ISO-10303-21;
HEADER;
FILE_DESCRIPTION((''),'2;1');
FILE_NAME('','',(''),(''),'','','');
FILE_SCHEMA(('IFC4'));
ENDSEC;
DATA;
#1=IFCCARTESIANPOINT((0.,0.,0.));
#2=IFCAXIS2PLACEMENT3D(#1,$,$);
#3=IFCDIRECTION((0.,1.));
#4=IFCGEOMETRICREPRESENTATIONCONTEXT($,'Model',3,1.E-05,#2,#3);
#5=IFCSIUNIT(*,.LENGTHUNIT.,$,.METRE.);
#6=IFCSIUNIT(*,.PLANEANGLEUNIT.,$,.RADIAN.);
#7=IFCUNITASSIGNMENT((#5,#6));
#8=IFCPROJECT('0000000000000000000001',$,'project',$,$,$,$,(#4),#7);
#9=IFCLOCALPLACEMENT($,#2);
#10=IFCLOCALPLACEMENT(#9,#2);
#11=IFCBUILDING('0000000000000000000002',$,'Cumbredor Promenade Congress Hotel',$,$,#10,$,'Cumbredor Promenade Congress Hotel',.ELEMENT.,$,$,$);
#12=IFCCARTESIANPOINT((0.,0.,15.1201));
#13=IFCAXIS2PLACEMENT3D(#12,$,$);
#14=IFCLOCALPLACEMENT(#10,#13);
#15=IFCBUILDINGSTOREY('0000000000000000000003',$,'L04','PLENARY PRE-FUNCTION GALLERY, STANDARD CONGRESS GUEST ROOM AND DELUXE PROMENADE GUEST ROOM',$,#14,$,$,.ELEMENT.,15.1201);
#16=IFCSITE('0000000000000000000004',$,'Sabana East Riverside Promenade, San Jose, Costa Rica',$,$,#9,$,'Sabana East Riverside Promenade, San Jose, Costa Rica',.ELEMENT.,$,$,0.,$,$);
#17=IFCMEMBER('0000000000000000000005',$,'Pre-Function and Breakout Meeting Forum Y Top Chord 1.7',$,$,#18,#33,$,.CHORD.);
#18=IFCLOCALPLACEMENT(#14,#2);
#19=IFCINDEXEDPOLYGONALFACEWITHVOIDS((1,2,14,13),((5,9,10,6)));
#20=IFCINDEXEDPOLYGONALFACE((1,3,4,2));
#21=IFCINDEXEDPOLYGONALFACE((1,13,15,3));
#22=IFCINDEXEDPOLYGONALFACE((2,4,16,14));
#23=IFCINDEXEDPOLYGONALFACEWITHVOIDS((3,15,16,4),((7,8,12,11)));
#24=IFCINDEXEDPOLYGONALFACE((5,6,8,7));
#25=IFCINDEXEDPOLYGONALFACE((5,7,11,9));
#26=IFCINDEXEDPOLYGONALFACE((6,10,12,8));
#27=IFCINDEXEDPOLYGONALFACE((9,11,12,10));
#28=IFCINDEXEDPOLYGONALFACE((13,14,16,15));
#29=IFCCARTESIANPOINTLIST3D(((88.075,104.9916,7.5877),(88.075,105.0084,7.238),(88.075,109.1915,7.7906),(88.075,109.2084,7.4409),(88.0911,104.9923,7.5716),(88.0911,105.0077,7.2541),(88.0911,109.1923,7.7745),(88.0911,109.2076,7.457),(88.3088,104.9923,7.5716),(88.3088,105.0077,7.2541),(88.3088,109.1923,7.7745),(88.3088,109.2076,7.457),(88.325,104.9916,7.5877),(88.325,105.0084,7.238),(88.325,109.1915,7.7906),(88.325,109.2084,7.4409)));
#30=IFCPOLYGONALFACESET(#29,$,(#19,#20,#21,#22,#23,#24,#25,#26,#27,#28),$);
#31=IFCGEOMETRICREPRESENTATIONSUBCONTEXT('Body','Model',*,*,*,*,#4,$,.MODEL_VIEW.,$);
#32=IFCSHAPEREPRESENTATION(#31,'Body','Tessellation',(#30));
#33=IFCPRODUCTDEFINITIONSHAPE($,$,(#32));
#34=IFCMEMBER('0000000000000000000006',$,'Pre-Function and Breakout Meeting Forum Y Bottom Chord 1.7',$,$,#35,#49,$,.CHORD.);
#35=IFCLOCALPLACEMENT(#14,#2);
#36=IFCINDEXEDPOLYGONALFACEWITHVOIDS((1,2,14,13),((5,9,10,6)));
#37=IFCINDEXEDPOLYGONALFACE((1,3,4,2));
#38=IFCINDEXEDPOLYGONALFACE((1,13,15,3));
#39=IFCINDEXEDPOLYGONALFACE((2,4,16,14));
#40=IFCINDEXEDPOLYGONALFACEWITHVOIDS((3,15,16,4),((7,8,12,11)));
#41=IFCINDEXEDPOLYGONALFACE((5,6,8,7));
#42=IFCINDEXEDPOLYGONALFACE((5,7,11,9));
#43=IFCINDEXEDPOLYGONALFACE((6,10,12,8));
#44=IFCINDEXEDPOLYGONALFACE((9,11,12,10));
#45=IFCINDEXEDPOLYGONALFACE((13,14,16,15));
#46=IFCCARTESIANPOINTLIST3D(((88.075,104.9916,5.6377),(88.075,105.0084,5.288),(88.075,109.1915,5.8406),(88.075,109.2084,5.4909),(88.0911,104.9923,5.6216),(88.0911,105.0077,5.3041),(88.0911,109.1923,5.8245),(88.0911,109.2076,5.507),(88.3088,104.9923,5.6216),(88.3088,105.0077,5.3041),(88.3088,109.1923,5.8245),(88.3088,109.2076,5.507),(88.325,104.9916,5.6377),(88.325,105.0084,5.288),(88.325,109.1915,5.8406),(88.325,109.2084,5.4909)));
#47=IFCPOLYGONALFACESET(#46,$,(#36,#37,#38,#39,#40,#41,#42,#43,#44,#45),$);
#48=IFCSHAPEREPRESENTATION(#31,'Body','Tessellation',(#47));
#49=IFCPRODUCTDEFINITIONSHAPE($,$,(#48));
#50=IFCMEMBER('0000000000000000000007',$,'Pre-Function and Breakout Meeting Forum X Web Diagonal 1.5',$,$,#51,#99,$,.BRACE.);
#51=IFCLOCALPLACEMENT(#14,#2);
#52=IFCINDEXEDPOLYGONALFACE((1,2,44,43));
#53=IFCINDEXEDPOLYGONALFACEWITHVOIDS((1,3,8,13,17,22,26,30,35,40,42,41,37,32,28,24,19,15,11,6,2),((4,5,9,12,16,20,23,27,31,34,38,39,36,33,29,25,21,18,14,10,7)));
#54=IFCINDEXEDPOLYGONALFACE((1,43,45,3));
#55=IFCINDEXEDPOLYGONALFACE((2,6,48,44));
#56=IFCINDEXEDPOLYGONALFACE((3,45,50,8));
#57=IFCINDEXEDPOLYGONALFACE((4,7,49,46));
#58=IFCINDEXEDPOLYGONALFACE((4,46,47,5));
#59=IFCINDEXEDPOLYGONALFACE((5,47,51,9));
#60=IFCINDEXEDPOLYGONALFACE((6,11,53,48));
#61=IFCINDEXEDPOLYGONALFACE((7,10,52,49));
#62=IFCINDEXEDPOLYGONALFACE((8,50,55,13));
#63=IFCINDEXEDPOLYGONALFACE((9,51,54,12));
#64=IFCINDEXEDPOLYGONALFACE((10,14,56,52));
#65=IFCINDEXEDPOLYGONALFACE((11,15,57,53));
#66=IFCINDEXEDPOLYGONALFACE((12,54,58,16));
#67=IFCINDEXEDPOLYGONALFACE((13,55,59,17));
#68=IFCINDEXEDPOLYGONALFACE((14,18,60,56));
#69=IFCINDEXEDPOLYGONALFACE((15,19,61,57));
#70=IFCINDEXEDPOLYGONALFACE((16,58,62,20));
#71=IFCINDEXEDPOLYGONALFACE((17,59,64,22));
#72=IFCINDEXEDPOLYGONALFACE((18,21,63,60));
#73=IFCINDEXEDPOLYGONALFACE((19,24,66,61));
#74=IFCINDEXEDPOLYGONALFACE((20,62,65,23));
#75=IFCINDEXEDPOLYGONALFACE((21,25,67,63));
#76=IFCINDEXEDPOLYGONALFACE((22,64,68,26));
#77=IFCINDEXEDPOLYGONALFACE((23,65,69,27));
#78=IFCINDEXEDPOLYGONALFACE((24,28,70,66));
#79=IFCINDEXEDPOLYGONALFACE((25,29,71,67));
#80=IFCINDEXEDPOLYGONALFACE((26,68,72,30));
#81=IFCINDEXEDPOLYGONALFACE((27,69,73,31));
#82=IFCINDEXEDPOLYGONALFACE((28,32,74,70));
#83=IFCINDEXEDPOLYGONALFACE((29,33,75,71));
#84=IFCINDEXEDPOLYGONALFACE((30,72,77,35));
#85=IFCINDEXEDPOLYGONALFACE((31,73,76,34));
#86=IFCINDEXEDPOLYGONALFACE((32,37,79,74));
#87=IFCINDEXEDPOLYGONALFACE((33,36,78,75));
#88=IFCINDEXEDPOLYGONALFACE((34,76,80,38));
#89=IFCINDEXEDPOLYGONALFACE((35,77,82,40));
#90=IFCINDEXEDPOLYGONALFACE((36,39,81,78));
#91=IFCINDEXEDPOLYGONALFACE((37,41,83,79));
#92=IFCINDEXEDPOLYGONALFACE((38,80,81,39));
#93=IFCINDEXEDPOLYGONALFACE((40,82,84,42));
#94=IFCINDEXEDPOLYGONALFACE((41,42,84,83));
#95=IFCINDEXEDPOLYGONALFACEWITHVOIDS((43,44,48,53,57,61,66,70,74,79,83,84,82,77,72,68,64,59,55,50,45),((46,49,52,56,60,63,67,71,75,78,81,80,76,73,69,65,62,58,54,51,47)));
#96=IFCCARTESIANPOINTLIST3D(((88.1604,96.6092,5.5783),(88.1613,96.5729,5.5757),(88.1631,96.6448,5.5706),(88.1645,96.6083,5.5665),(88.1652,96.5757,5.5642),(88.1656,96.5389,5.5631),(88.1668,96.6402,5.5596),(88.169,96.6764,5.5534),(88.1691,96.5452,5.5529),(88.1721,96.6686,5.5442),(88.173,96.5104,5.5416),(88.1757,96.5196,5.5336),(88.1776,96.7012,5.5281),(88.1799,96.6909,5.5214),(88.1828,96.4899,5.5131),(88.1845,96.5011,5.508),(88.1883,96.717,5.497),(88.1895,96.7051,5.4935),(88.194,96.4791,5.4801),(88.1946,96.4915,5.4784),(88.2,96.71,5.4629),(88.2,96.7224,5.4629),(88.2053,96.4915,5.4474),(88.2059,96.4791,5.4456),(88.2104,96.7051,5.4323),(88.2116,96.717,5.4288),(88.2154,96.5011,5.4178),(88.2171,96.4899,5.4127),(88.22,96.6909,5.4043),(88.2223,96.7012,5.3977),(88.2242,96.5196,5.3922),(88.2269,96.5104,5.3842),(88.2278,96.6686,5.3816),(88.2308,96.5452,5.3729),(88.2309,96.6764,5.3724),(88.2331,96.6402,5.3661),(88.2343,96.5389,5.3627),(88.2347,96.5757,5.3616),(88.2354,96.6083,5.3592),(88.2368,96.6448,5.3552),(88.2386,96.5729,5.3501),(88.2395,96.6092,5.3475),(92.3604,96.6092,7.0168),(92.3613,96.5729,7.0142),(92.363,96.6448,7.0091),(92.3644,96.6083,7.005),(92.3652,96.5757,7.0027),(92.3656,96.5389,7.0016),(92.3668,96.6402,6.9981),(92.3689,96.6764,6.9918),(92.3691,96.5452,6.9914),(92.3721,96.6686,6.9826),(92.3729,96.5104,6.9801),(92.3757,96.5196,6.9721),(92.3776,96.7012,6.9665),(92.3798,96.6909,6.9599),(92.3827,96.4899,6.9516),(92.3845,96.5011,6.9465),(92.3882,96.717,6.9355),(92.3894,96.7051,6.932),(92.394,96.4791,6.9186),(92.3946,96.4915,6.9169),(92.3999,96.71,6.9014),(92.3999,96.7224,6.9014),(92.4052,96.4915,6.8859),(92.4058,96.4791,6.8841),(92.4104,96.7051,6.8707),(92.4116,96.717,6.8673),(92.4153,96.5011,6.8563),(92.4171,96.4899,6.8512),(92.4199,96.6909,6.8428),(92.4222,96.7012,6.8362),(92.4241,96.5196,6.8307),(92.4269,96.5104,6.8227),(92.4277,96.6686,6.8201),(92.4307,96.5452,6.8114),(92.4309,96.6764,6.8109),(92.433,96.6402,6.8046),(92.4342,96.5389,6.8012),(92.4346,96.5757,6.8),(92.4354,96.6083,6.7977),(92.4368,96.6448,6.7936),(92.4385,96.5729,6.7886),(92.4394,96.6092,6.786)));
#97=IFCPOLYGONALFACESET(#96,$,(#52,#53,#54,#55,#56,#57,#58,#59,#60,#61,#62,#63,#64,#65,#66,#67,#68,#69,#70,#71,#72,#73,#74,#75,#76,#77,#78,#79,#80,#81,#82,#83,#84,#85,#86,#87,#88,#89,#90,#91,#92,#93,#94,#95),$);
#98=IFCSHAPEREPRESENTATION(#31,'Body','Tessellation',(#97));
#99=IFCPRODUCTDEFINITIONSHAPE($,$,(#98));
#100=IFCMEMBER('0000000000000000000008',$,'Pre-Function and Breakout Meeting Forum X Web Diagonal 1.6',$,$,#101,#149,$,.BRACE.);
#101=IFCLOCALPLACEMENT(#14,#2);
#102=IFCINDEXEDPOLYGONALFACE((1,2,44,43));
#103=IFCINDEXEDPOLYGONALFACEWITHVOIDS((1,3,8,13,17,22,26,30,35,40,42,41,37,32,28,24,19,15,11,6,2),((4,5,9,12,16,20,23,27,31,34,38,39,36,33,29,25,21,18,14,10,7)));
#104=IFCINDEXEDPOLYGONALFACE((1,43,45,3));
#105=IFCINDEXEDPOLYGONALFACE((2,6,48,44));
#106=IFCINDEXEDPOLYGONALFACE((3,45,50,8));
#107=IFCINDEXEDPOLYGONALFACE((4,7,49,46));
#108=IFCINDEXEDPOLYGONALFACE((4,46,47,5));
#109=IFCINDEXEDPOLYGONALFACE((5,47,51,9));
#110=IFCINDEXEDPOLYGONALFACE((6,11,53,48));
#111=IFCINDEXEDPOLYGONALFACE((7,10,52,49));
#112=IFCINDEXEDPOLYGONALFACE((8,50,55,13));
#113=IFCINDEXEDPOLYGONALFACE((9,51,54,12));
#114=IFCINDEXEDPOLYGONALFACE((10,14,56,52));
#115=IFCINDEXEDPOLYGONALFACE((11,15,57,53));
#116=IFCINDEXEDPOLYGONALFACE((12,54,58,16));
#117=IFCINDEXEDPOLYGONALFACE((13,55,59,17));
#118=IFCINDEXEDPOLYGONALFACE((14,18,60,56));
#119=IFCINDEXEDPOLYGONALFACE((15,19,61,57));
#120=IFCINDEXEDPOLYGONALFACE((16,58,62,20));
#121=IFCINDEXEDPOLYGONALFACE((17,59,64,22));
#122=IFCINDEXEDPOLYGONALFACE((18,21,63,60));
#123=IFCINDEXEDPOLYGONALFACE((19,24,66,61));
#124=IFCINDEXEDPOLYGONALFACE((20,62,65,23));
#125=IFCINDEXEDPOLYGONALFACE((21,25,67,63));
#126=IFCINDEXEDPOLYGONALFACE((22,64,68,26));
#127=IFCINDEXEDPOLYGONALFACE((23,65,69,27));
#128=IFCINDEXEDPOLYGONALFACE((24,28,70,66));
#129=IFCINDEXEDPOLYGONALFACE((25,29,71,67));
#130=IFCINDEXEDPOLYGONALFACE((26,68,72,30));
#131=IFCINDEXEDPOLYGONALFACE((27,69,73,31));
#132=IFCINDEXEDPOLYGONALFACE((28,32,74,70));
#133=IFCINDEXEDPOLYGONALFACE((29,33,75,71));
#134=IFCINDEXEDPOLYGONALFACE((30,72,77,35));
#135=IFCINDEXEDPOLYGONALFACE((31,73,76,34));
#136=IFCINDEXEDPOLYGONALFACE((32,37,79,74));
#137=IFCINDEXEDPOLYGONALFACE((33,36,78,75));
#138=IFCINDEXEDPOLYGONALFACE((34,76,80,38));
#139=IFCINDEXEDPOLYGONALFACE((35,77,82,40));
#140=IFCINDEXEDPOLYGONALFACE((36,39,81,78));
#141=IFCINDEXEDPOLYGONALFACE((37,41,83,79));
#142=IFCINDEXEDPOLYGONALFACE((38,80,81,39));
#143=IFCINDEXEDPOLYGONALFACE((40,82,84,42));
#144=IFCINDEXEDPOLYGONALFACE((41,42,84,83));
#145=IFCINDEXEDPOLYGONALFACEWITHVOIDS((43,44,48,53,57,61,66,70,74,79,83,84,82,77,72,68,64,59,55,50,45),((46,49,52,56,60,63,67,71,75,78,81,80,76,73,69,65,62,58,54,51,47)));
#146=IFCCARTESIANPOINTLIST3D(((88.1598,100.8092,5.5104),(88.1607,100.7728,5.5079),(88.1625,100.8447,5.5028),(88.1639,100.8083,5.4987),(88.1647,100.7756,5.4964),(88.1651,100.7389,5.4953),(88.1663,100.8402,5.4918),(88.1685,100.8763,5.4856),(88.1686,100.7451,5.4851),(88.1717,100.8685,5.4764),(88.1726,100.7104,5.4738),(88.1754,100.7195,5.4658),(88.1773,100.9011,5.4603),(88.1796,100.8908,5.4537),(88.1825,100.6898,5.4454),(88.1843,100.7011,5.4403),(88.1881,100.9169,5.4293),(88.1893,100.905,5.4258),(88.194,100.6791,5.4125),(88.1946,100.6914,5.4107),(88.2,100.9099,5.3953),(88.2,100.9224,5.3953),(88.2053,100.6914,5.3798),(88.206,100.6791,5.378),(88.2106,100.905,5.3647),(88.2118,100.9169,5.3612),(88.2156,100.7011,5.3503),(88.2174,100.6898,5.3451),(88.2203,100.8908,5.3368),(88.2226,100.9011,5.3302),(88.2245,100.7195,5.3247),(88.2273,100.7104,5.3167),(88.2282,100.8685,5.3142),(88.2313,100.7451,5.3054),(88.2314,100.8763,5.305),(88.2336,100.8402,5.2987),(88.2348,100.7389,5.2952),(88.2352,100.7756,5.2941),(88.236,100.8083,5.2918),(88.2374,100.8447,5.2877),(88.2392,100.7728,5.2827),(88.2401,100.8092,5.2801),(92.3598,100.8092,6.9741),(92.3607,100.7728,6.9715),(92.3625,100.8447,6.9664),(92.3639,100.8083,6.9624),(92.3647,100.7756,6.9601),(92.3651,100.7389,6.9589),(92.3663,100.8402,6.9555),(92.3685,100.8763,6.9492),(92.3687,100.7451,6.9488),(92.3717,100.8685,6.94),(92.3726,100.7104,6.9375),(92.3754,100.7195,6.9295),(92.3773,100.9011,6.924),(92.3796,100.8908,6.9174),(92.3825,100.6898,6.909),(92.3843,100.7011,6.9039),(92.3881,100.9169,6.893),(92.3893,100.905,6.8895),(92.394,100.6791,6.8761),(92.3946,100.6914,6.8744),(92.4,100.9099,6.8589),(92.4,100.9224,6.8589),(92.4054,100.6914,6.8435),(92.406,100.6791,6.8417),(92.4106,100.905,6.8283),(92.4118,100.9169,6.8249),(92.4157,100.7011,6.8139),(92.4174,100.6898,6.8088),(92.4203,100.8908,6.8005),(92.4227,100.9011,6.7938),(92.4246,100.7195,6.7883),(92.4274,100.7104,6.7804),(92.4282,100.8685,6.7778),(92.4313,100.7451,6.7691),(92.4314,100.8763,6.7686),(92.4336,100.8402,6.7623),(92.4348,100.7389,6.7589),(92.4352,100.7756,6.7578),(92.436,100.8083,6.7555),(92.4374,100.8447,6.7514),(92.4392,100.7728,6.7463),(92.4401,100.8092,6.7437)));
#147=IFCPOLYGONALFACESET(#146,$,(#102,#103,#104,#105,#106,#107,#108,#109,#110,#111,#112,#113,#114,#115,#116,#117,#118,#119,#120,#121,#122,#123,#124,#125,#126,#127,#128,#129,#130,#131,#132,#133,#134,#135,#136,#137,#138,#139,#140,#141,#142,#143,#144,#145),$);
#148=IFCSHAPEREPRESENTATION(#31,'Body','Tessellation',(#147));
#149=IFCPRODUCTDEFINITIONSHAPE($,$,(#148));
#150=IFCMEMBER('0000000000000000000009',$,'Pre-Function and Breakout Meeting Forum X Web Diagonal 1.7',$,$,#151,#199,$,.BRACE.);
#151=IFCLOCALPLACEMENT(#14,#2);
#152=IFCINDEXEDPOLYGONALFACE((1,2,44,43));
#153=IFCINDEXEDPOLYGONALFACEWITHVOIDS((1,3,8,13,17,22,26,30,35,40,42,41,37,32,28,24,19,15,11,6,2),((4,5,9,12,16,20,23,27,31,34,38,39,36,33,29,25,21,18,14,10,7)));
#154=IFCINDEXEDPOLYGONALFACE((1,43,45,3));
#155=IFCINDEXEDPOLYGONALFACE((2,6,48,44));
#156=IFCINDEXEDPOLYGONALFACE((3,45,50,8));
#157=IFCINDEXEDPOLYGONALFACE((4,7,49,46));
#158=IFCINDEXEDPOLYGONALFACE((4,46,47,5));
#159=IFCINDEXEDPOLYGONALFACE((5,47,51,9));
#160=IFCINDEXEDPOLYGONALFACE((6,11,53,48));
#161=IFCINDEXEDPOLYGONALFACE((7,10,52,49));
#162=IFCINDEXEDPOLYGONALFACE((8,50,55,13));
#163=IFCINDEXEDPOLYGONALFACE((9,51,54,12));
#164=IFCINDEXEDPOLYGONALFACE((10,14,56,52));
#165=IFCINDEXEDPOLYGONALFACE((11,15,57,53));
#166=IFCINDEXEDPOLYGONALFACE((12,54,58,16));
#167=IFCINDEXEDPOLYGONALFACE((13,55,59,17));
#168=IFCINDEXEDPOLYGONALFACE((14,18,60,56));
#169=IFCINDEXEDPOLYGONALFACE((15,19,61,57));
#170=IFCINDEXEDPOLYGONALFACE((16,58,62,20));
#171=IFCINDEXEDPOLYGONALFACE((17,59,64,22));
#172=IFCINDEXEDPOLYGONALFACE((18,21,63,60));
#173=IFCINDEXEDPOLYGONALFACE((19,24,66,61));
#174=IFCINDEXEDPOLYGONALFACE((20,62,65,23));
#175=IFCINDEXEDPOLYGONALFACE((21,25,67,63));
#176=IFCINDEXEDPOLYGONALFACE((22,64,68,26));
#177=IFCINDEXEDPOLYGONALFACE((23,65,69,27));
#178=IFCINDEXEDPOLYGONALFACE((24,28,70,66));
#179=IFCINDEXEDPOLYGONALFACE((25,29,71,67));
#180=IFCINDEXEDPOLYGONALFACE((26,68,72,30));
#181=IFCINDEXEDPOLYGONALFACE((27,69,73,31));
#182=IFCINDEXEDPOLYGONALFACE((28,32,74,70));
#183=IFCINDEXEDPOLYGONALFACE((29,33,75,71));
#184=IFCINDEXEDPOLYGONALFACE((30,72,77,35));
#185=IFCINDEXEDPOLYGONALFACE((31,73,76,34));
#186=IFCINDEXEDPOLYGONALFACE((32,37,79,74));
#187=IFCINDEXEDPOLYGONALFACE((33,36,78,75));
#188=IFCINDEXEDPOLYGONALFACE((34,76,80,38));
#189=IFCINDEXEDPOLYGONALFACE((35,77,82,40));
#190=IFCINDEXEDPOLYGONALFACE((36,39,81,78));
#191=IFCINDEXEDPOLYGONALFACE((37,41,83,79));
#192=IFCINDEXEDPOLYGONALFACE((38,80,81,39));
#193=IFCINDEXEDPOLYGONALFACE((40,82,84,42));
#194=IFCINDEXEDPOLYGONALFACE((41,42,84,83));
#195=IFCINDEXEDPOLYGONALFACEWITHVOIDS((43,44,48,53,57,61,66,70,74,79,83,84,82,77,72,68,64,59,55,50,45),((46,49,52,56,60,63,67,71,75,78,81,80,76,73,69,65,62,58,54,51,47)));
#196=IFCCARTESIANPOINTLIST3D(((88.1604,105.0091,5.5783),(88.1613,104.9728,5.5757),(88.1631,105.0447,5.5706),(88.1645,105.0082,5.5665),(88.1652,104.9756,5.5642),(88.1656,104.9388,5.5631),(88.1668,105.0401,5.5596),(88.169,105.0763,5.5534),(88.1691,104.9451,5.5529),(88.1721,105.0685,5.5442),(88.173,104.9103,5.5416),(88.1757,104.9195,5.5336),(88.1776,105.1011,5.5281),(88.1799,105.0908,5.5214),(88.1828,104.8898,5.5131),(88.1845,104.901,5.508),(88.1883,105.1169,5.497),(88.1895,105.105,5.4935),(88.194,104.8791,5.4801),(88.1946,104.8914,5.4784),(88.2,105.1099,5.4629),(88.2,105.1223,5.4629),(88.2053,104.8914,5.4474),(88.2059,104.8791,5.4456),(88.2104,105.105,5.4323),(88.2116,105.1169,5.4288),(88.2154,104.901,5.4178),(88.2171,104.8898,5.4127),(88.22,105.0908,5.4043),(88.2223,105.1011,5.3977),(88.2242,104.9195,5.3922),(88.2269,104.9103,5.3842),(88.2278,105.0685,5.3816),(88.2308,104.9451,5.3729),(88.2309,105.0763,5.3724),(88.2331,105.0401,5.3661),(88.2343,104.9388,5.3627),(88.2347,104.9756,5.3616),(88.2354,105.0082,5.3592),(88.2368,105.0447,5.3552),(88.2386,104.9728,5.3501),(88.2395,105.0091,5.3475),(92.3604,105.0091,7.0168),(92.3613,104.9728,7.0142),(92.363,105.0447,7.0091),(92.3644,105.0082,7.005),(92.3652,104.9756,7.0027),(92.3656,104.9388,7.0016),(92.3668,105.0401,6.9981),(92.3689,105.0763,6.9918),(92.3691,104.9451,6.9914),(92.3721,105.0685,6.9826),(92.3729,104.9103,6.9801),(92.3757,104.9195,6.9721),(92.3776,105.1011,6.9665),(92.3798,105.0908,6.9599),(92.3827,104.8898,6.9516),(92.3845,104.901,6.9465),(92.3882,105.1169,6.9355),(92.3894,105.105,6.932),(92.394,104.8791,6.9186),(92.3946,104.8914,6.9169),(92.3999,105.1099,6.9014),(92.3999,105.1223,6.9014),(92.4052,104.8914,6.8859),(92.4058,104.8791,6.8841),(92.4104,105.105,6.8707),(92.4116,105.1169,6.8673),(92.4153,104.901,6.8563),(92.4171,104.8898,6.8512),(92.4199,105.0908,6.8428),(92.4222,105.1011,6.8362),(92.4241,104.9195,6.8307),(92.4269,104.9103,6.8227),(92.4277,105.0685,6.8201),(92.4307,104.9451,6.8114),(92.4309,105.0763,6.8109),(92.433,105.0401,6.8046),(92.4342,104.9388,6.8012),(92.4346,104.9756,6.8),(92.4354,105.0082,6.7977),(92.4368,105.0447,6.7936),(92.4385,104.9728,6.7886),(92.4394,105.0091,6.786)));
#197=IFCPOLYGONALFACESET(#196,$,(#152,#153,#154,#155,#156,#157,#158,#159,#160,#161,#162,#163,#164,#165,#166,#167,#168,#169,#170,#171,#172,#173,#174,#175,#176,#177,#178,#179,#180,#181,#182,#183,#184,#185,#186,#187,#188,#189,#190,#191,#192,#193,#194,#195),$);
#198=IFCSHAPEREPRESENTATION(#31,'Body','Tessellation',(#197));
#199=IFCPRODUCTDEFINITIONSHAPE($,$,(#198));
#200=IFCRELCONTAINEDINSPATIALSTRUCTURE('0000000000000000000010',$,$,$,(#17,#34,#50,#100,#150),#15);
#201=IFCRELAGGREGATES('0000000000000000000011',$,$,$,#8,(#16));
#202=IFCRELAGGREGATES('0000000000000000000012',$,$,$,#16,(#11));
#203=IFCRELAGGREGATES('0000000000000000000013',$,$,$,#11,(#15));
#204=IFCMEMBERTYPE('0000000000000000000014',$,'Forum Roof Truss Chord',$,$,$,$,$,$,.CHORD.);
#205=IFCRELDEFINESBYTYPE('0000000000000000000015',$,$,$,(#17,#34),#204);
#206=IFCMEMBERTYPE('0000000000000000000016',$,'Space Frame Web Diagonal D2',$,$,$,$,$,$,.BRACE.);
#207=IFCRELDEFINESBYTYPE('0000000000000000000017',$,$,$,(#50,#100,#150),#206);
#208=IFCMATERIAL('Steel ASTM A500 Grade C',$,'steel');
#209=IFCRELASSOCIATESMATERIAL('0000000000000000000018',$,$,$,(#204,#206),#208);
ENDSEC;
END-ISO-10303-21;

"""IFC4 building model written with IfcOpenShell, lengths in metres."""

from ifc_helpers import new_model, si_unit, direction, frame, origin, origin_2d, place, context, subcontext, project, spatial, hollow_rectangle, hollow_circle, extrude, material, material_profile, profile_set, type_object, element, save


model = new_model("IFC4")

# Units and contexts
model_context = context("Model", 3, precision=1e-05, world=origin(), true_north=direction((0.0, 1.0)))
body_context = subcontext(model_context, "Body", "Model", "MODEL_VIEW")
ifc_project = project(units=[si_unit("LENGTHUNIT", "METRE"), si_unit("PLANEANGLEUNIT", "RADIAN")], contexts=[model_context])

# Site, building, storey
site_placement = place(None, origin())
site = spatial("IfcSite", under=ifc_project, at=site_placement, Name="Sabana East Riverside Promenade, San Jose, Costa Rica", LongName="Sabana East Riverside Promenade, San Jose, Costa Rica", CompositionType="ELEMENT", RefElevation=0.0)
building_placement = place(site_placement, origin())
building = spatial("IfcBuilding", under=site, at=building_placement, Name="Cumbredor Promenade Congress Hotel", LongName="Cumbredor Promenade Congress Hotel", CompositionType="ELEMENT")
storey_placement = place(building_placement, frame((0.0, 0.0, 15.1201)))
storey = spatial("IfcBuildingStorey", under=building, at=storey_placement, Name="L04", Description="PLENARY PRE-FUNCTION GALLERY, STANDARD CONGRESS GUEST ROOM AND DELUXE PROMENADE GUEST ROOM", CompositionType="ELEMENT", Elevation=15.1201)

# Members
ifc_material_1 = material(Name="Steel ASTM A500 Grade C", Category="steel")
ifc_material_profile_1 = material_profile(ifc_material_1, hollow_rectangle(XDim=0.25, YDim=0.3501, WallThickness=0.0161, at=origin_2d()), Name="HSS 350x250x16")
ifc_profile_set_1 = profile_set([ifc_material_profile_1], Name="Steel ASTM A500 Grade C")
member_type_1 = type_object("IfcMemberType", Name="Forum Roof Truss Chord", PredefinedType="CHORD", material=ifc_profile_set_1)
for number, where, z_axis, x_axis, name in (
    (1, (88.2, 105.0, 7.4128), (0.0, 0.998835, 0.048249), (-1.0, 0.0, 0.0), "Pre-Function and Breakout Meeting Forum Y Top Chord 1.7"),
    (2, (88.2, 105.0, 5.4629), (0.0, 0.998835, 0.048249), (-1.0, 0.0, 0.0), "Pre-Function and Breakout Meeting Forum Y Bottom Chord 1.7"),
):
    element("IfcMember", number, at=place(storey_placement, frame(where, z_axis=z_axis, x_axis=x_axis)), inside=storey, type_object=member_type_1, Name=name, PredefinedType="CHORD", context=body_context, shape_type="SweptSolid", body=[
        extrude(hollow_rectangle(XDim=0.25, YDim=0.3501, WallThickness=0.0161, at=origin_2d()), origin(), (0.0, 0.0, 1.0), 4.2048),
    ])
ifc_material_profile_2 = material_profile(ifc_material_1, hollow_circle(Radius=0.1223, WallThickness=0.0125, at=origin_2d()), Name="CHS 244.5x12.5")
ifc_profile_set_2 = profile_set([ifc_material_profile_2], Name="Steel ASTM A500 Grade C")
member_type_2 = type_object("IfcMemberType", Name="Space Frame Web Diagonal D2", PredefinedType="BRACE", material=ifc_profile_set_2)
member_1_placement = place(storey_placement, frame((88.2, 96.6001, 5.4629), z_axis=(0.94605, 0.0, 0.324021), x_axis=(0.0, 1.0, 0.0)))
element("IfcMember", 3, at=member_1_placement, inside=storey, type_object=member_type_2, Name="Pre-Function and Breakout Meeting Forum X Web Diagonal 1.5", PredefinedType="BRACE", context=body_context, shape_type="SweptSolid", body=[
    extrude(hollow_circle(Radius=0.1223, WallThickness=0.0125, at=origin_2d()), origin(), (0.0, 0.0, 1.0), 4.4395),
])
member_2_placement = place(storey_placement, frame((88.2, 100.8, 5.3953), z_axis=(0.944303, 0.0, 0.329076), x_axis=(0.0, 1.0, 0.0)))
element("IfcMember", 4, at=member_2_placement, inside=storey, type_object=member_type_2, Name="Pre-Function and Breakout Meeting Forum X Web Diagonal 1.6", PredefinedType="BRACE", context=body_context, shape_type="SweptSolid", body=[
    extrude(hollow_circle(Radius=0.1223, WallThickness=0.0125, at=origin_2d()), origin(), (0.0, 0.0, 1.0), 4.4478),
])
member_3_placement = place(storey_placement, frame((88.2, 105.0, 5.4629), z_axis=(0.94605, 0.0, 0.324021), x_axis=(0.0, 1.0, 0.0)))
element("IfcMember", 5, at=member_3_placement, inside=storey, type_object=member_type_2, Name="Pre-Function and Breakout Meeting Forum X Web Diagonal 1.7", PredefinedType="BRACE", context=body_context, shape_type="SweptSolid", body=[
    extrude(hollow_circle(Radius=0.1223, WallThickness=0.0125, at=origin_2d()), origin(), (0.0, 0.0, 1.0), 4.4395),
])

save(model, "model.ifc")
